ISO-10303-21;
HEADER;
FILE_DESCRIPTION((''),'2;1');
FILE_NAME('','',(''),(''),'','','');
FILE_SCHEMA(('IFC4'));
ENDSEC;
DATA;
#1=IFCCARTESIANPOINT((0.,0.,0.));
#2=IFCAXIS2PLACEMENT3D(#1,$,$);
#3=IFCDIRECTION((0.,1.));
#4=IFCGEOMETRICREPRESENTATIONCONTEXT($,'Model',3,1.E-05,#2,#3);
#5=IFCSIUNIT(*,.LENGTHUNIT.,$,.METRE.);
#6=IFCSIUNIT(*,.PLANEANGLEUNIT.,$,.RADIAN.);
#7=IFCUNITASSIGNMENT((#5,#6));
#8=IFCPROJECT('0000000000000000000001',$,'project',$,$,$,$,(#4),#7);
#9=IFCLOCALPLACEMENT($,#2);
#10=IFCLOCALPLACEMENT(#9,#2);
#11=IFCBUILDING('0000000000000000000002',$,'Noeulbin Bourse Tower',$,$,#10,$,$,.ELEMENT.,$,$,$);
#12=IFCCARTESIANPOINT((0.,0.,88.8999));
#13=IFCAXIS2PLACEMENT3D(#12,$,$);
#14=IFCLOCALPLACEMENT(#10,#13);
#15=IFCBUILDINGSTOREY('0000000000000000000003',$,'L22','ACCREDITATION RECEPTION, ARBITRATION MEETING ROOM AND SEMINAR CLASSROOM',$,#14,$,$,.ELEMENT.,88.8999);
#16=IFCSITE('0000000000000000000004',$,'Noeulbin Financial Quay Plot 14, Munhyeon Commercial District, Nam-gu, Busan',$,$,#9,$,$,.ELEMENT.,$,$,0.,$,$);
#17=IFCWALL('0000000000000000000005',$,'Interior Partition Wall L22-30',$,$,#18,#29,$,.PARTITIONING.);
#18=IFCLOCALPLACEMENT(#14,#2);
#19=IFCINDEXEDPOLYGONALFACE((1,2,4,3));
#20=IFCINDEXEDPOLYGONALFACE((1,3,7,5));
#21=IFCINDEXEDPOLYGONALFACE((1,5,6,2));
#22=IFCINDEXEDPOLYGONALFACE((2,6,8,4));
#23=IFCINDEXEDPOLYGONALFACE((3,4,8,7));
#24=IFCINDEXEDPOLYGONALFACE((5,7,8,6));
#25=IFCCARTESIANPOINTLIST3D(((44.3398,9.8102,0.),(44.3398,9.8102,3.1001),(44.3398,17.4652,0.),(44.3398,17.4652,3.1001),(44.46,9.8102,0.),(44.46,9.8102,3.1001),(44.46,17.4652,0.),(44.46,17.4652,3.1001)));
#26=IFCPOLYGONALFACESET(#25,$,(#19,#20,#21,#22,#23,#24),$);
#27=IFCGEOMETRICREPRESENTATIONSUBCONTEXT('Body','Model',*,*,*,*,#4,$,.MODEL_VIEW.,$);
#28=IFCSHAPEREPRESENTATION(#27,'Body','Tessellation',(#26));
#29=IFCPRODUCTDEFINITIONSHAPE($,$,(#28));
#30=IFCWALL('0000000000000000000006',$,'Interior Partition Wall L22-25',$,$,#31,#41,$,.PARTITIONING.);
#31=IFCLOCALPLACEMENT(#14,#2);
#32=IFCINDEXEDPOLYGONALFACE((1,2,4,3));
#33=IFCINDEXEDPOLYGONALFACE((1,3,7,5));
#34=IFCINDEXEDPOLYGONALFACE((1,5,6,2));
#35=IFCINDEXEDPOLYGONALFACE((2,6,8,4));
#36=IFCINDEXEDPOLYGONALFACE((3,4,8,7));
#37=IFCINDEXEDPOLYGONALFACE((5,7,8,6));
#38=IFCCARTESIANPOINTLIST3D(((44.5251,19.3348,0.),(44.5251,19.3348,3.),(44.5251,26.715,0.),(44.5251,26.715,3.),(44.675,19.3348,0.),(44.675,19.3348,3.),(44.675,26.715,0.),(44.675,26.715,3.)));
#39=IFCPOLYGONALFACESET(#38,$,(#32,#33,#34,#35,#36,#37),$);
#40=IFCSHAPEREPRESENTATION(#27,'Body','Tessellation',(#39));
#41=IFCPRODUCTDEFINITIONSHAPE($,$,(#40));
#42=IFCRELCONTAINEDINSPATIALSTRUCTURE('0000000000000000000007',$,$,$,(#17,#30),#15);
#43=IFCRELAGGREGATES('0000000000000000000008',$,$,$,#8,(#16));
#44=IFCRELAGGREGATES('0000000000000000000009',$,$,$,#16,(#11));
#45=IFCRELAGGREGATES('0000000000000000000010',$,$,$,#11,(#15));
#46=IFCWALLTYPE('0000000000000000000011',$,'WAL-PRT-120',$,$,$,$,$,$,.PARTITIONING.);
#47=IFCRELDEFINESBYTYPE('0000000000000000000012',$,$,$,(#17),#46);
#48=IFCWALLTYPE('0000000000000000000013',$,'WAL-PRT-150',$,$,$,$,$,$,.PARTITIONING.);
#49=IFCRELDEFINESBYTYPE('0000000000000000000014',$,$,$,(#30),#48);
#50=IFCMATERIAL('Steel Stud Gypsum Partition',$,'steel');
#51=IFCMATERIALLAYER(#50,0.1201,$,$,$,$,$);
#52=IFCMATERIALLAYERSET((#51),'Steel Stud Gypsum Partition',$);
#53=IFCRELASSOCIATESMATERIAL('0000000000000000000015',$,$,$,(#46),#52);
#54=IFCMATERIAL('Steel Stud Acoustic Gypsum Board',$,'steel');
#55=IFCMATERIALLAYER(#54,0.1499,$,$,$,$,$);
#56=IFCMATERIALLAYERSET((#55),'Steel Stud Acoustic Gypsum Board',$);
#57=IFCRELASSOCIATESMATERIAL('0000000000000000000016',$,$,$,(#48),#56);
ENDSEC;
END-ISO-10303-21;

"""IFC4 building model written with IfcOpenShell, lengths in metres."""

from ifc_helpers import new_model, si_unit, direction, frame, frame_2d, origin, place, context, subcontext, project, spatial, rectangle, extrude, material, layer, layer_set, type_object, element, save


model = new_model("IFC4")

# Units and contexts
model_context = context("Model", 3, precision=1e-05, world=origin(), true_north=direction((0.0, 1.0)))
body_context = subcontext(model_context, "Body", "Model", "MODEL_VIEW")
ifc_project = project(units=[si_unit("LENGTHUNIT", "METRE"), si_unit("PLANEANGLEUNIT", "RADIAN")], contexts=[model_context])

# Site, building, storey
site_placement = place(None, origin())
site = spatial("IfcSite", under=ifc_project, at=site_placement, Name="Noeulbin Financial Quay Plot 14, Munhyeon Commercial District, Nam-gu, Busan", CompositionType="ELEMENT", RefElevation=0.0)
building_placement = place(site_placement, origin())
building = spatial("IfcBuilding", under=site, at=building_placement, Name="Noeulbin Bourse Tower", CompositionType="ELEMENT")
storey_placement = place(building_placement, frame((0.0, 0.0, 88.8999)))
storey = spatial("IfcBuildingStorey", under=building, at=storey_placement, Name="L22", Description="ACCREDITATION RECEPTION, ARBITRATION MEETING ROOM AND SEMINAR CLASSROOM", CompositionType="ELEMENT", Elevation=88.8999)

# Walls
ifc_material_1 = material(Name="Steel Stud Gypsum Partition", Category="steel")
ifc_layer_1 = layer(ifc_material_1, 0.1201)
ifc_layer_set_1 = layer_set([ifc_layer_1], Name="Steel Stud Gypsum Partition")
wall_type_1 = type_object("IfcWallType", Name="WAL-PRT-120", PredefinedType="PARTITIONING", material=ifc_layer_set_1)
wall_1_placement = place(storey_placement, frame((44.3999, 9.8101, 0.0), z_axis=(0.0, 0.0, 1.0), x_axis=(0.0, 1.0, 0.0)))
element("IfcWall", 1, at=wall_1_placement, inside=storey, type_object=wall_type_1, Name="Interior Partition Wall L22-30", PredefinedType="PARTITIONING", context=body_context, shape_type="SweptSolid", body=[
    extrude(rectangle(XDim=7.655, YDim=0.1201, at=frame_2d((3.8276, 0.0))), origin(), (0.0, 0.0, 1.0), 3.1001),
])
ifc_material_2 = material(Name="Steel Stud Acoustic Gypsum Board", Category="steel")
ifc_layer_2 = layer(ifc_material_2, 0.1499)
ifc_layer_set_2 = layer_set([ifc_layer_2], Name="Steel Stud Acoustic Gypsum Board")
wall_type_2 = type_object("IfcWallType", Name="WAL-PRT-150", PredefinedType="PARTITIONING", material=ifc_layer_set_2)
wall_2_placement = place(storey_placement, frame((44.6001, 19.335, 0.0), z_axis=(0.0, 0.0, 1.0), x_axis=(0.0, 1.0, 0.0)))
element("IfcWall", 2, at=wall_2_placement, inside=storey, type_object=wall_type_2, Name="Interior Partition Wall L22-25", PredefinedType="PARTITIONING", context=body_context, shape_type="SweptSolid", body=[
    extrude(rectangle(XDim=7.3801, YDim=0.1499, at=frame_2d((3.6899, 0.0))), origin(), (0.0, 0.0, 1.0), 3.0),
])

save(model, "model.ifc")
